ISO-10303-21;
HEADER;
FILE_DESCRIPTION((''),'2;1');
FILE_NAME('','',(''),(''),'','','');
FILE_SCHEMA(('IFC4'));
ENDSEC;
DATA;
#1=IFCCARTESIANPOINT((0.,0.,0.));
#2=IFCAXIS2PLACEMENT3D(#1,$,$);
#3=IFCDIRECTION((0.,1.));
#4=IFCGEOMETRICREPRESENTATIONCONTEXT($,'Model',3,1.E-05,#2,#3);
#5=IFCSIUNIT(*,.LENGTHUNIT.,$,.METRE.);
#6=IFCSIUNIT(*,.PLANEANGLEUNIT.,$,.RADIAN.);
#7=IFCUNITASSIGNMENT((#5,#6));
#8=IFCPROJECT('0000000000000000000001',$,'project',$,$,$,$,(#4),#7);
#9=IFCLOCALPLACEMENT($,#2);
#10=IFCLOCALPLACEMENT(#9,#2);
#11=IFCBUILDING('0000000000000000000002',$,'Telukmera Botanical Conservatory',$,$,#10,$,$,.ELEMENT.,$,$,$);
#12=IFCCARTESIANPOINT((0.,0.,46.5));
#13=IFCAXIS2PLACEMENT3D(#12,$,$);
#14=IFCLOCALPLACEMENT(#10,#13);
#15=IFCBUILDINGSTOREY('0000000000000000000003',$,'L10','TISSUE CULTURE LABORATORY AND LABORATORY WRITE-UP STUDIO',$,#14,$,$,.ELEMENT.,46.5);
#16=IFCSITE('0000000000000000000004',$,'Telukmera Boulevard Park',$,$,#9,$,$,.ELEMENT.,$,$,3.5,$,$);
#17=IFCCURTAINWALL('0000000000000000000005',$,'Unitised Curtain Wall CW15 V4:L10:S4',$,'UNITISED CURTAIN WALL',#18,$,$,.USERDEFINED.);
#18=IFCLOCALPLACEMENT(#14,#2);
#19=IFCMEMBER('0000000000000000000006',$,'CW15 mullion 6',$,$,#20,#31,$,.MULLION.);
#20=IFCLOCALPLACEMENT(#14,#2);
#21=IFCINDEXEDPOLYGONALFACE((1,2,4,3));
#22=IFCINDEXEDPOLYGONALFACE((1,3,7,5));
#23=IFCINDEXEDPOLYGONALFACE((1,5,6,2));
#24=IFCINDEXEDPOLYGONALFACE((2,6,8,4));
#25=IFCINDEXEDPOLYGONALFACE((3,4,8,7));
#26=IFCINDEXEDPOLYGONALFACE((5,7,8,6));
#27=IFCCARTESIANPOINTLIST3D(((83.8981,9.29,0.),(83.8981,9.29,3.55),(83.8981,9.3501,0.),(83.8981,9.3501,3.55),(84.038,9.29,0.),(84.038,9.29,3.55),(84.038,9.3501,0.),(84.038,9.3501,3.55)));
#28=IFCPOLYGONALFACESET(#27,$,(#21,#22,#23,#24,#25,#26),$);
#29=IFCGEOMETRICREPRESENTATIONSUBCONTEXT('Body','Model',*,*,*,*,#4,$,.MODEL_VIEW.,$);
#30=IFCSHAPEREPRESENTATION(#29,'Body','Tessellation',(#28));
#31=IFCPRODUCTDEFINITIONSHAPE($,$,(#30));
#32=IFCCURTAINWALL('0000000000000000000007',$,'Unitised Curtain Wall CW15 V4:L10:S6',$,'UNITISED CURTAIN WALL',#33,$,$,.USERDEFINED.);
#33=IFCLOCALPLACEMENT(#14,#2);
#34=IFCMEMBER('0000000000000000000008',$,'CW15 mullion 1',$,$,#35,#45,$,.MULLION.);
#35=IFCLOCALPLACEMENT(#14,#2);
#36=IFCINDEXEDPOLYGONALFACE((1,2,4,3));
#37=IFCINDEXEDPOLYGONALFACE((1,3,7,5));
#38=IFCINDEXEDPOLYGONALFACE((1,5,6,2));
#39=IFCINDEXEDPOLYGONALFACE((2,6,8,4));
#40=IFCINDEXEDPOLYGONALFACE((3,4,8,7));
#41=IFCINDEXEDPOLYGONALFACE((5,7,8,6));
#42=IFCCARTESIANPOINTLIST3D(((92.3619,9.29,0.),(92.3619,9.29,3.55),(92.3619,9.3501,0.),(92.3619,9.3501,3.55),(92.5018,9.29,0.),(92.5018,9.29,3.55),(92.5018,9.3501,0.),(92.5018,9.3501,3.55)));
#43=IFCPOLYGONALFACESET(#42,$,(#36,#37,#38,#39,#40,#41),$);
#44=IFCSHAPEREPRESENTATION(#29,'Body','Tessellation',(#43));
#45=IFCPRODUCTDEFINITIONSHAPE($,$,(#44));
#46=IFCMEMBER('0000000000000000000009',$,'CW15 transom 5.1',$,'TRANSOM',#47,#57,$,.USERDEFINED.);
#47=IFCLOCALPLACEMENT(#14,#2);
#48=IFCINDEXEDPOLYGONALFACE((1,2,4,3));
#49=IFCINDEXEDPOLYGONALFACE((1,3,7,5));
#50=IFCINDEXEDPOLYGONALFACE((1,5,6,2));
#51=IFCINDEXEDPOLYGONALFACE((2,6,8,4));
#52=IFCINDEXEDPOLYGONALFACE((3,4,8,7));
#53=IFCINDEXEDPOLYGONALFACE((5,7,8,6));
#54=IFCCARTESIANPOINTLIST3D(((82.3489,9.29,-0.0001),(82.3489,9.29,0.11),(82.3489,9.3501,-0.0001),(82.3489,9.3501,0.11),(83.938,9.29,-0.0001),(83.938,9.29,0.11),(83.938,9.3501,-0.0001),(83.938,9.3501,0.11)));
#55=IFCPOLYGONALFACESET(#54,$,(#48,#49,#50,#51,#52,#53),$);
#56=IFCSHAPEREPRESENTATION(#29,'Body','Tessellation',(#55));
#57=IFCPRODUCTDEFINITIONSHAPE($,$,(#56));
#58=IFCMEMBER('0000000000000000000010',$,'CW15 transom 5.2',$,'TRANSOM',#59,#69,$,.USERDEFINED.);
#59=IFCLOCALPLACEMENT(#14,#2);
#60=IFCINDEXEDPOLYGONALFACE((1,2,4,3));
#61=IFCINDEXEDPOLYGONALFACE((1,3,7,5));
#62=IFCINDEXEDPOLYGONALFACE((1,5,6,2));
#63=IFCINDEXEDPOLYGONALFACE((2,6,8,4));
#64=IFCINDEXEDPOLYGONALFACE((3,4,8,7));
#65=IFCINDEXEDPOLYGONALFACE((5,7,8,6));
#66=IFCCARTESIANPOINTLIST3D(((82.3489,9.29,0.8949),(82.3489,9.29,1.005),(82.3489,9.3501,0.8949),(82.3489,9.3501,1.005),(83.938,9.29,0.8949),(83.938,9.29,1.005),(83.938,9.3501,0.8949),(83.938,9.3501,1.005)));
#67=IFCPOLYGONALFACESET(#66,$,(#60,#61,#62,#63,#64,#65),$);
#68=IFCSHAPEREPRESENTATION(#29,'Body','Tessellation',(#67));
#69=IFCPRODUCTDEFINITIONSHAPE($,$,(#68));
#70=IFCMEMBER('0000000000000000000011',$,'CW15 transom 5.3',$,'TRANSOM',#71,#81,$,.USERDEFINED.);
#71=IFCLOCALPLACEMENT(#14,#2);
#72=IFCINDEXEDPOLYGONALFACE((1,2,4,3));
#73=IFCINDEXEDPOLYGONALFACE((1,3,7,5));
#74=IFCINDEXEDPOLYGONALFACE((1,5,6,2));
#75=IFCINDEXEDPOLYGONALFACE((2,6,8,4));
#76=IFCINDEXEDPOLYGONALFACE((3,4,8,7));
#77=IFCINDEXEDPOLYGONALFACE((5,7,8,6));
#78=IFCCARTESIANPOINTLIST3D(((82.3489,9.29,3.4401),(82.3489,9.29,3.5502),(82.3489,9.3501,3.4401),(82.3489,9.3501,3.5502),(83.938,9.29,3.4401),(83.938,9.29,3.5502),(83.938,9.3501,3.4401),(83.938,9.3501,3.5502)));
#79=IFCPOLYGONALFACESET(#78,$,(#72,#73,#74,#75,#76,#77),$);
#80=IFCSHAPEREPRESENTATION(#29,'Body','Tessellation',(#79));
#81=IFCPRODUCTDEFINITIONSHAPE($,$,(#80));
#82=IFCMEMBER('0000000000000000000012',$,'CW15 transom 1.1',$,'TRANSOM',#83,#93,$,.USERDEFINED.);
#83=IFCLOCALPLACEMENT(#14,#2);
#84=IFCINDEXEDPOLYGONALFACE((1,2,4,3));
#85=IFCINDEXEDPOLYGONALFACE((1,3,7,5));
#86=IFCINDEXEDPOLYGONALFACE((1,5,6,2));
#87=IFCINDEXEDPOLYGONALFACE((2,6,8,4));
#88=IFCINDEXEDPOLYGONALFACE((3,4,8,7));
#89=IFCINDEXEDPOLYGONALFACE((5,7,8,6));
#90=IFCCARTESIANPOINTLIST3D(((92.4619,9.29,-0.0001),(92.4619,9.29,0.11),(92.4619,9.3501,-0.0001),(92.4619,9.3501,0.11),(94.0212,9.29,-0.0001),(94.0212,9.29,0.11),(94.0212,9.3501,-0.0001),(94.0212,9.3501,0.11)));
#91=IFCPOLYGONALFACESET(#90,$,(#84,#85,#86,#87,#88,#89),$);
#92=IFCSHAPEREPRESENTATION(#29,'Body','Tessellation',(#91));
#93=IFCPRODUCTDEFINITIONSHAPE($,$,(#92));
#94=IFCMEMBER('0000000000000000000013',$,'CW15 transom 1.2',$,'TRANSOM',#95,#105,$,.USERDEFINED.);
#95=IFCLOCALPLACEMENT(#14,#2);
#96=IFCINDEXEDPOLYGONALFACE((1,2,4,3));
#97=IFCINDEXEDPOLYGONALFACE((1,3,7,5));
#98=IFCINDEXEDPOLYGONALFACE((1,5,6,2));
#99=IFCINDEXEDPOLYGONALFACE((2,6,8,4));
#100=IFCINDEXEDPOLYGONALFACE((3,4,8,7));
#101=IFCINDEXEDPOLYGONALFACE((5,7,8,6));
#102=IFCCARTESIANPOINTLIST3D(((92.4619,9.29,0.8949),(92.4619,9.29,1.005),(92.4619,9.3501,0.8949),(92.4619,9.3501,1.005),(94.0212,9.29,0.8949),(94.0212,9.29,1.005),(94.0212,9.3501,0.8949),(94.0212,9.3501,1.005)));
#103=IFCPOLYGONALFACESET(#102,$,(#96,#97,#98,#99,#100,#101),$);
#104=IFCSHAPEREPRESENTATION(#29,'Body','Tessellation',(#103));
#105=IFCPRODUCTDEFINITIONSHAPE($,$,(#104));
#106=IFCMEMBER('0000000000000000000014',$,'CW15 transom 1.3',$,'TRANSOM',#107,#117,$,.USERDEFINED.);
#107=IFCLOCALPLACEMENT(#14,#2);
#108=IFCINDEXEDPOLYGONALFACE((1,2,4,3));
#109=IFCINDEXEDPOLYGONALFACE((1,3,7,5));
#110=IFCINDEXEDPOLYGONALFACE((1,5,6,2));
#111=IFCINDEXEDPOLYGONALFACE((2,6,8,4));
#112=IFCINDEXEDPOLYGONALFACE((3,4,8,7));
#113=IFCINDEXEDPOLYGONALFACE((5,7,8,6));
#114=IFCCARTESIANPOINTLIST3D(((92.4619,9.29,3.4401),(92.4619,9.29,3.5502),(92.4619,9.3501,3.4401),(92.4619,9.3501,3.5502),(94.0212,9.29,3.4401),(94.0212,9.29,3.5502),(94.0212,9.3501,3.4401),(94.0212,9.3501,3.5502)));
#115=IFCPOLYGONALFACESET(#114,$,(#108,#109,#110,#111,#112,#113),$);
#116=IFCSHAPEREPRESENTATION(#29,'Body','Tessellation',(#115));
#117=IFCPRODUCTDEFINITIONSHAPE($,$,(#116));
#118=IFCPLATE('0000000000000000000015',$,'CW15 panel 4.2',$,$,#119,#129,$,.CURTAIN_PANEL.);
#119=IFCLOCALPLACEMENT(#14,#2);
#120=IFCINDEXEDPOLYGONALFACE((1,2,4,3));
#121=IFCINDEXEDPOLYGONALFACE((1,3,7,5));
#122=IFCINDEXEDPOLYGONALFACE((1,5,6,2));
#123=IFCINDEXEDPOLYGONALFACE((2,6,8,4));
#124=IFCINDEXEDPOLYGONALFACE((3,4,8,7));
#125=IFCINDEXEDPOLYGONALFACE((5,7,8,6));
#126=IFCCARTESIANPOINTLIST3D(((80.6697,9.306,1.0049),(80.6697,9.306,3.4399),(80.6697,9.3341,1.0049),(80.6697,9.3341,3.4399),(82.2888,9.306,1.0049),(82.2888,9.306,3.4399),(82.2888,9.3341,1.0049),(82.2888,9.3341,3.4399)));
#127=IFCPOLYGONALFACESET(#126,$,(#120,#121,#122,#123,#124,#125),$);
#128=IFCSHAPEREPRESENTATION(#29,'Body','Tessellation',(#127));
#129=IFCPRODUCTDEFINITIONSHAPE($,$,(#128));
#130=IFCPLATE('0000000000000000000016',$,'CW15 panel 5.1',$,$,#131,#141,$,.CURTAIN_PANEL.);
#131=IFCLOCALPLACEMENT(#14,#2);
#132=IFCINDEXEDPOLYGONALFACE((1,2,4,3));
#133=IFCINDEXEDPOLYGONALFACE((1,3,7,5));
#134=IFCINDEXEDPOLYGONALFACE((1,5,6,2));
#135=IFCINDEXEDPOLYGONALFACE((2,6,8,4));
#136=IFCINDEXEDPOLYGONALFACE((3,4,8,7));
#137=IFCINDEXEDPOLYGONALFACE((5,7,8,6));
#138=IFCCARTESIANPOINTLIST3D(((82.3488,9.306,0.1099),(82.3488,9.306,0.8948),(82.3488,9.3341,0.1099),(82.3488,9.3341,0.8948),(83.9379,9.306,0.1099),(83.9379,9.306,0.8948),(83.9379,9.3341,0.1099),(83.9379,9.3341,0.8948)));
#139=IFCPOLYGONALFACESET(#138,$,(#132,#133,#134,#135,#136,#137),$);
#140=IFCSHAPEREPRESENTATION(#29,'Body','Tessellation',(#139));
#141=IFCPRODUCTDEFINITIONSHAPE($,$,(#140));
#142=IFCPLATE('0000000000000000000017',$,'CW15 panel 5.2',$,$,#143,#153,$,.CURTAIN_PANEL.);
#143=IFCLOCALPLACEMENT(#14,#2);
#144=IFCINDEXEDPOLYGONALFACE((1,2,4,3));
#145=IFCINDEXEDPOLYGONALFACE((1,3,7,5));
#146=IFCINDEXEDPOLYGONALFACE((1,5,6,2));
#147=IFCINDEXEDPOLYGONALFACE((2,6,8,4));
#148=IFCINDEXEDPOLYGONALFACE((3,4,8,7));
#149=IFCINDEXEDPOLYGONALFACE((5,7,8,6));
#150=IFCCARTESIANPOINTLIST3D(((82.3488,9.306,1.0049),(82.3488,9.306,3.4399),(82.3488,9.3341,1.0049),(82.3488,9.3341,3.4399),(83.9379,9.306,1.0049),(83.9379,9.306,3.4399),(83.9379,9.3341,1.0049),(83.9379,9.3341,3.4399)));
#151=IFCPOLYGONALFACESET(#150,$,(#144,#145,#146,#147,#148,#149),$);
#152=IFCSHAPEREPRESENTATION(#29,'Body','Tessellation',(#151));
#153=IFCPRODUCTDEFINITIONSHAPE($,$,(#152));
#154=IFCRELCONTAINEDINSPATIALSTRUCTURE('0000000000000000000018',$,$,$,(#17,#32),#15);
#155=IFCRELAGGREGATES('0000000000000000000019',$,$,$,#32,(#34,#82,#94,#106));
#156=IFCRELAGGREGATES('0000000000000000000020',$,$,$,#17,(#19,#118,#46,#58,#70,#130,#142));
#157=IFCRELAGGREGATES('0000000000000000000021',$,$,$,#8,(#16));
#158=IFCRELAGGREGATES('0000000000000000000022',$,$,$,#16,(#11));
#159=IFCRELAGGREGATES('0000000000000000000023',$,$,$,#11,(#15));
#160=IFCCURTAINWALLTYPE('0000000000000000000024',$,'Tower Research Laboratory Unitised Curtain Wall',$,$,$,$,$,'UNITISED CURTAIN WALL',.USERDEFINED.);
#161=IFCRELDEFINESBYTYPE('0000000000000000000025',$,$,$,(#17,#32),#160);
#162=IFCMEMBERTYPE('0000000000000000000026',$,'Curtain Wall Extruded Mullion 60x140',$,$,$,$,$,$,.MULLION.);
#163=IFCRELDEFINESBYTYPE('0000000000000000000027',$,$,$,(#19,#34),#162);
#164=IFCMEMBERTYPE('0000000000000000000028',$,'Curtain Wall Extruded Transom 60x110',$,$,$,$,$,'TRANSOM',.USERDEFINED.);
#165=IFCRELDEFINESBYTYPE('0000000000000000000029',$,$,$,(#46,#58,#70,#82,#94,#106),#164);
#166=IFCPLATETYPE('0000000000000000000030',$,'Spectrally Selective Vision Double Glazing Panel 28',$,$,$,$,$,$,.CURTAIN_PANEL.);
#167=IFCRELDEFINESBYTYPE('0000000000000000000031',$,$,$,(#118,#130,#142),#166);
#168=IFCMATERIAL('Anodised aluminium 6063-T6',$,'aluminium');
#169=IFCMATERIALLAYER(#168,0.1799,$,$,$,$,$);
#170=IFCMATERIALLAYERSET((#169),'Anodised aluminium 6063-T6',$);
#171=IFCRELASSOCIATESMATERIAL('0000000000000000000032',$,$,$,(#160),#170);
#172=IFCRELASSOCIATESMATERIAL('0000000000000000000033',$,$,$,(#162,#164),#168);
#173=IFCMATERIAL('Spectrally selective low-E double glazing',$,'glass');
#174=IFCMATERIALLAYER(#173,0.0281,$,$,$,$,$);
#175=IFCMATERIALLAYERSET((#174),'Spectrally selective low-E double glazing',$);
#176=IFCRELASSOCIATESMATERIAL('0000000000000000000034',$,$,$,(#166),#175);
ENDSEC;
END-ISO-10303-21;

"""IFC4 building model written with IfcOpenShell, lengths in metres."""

from ifc_helpers import new_model, si_unit, direction, frame, origin, origin_2d, place, context, subcontext, project, spatial, rectangle, extrude, material, layer, layer_set, material_profile, profile_set, type_object, element, aggregate, save


model = new_model("IFC4")

# Units and contexts
model_context = context("Model", 3, precision=1e-05, world=origin(), true_north=direction((0.0, 1.0)))
body_context = subcontext(model_context, "Body", "Model", "MODEL_VIEW")
ifc_project = project(units=[si_unit("LENGTHUNIT", "METRE"), si_unit("PLANEANGLEUNIT", "RADIAN")], contexts=[model_context])

# Site, building, storey
site_placement = place(None, origin())
site = spatial("IfcSite", under=ifc_project, at=site_placement, Name="Telukmera Boulevard Park", CompositionType="ELEMENT", RefElevation=3.5)
building_placement = place(site_placement, origin())
building = spatial("IfcBuilding", under=site, at=building_placement, Name="Telukmera Botanical Conservatory", CompositionType="ELEMENT")
storey_placement = place(building_placement, frame((0.0, 0.0, 46.5)))
storey = spatial("IfcBuildingStorey", under=building, at=storey_placement, Name="L10", Description="TISSUE CULTURE LABORATORY AND LABORATORY WRITE-UP STUDIO", CompositionType="ELEMENT", Elevation=46.5)

# Curtain wall, member
ifc_material_1 = material(Name="Anodised aluminium 6063-T6", Category="aluminium")
ifc_layer_1 = layer(ifc_material_1, 0.1799)
ifc_layer_set_1 = layer_set([ifc_layer_1], Name="Anodised aluminium 6063-T6")
curtain_wall_type = type_object("IfcCurtainWallType", Name="Tower Research Laboratory Unitised Curtain Wall", ElementType="UNITISED CURTAIN WALL", PredefinedType="USERDEFINED", material=ifc_layer_set_1)
curtain_wall_1_placement = place(storey_placement, origin())
curtain_wall_1 = element("IfcCurtainWall", 1, at=curtain_wall_1_placement, inside=storey, type_object=curtain_wall_type, Name="Unitised Curtain Wall CW15 V4:L10:S4", ObjectType="UNITISED CURTAIN WALL", PredefinedType="USERDEFINED")
ifc_material_profile_1 = material_profile(ifc_material_1, rectangle(XDim=0.0601, YDim=0.1399, at=origin_2d()), Name="ALU MULL 60x140")
ifc_profile_set_1 = profile_set([ifc_material_profile_1], Name="Anodised aluminium 6063-T6")
member_type_1 = type_object("IfcMemberType", Name="Curtain Wall Extruded Mullion 60x140", PredefinedType="MULLION", material=ifc_profile_set_1)
member_1_placement = place(storey_placement, frame((83.968, 9.3201, 0.0), z_axis=(0.0, 0.0, 1.0), x_axis=(0.0, 1.0, 0.0)))
member_1 = element("IfcMember", 2, at=member_1_placement, type_object=member_type_1, Name="CW15 mullion 6", PredefinedType="MULLION", context=body_context, shape_type="SweptSolid", body=[
    extrude(rectangle(XDim=0.0601, YDim=0.1399, at=origin_2d()), origin(), (0.0, 0.0, 1.0), 3.55),
])

# Curtain wall, member
curtain_wall_2_placement = place(storey_placement, origin())
curtain_wall_2 = element("IfcCurtainWall", 3, at=curtain_wall_2_placement, inside=storey, type_object=curtain_wall_type, Name="Unitised Curtain Wall CW15 V4:L10:S6", ObjectType="UNITISED CURTAIN WALL", PredefinedType="USERDEFINED")
member_2_placement = place(storey_placement, frame((92.4319, 9.3201, 0.0), z_axis=(0.0, 0.0, 1.0), x_axis=(0.0, 1.0, 0.0)))
member_2 = element("IfcMember", 4, at=member_2_placement, type_object=member_type_1, Name="CW15 mullion 1", PredefinedType="MULLION", context=body_context, shape_type="SweptSolid", body=[
    extrude(rectangle(XDim=0.0601, YDim=0.1399, at=origin_2d()), origin(), (0.0, 0.0, 1.0), 3.55),
])

# Members
ifc_material_profile_2 = material_profile(ifc_material_1, rectangle(XDim=0.0601, YDim=0.1101, at=origin_2d()), Name="ALU TRAN 60x110")
ifc_profile_set_2 = profile_set([ifc_material_profile_2], Name="Anodised aluminium 6063-T6")
member_type_2 = type_object("IfcMemberType", Name="Curtain Wall Extruded Transom 60x110", ElementType="TRANSOM", PredefinedType="USERDEFINED", material=ifc_profile_set_2)
member_3_placement = place(storey_placement, frame((82.3489, 9.3201, 0.0549), z_axis=(1.0, 0.0, 0.0), x_axis=(0.0, 1.0, 0.0)))
member_3 = element("IfcMember", 5, at=member_3_placement, type_object=member_type_2, Name="CW15 transom 5.1", ObjectType="TRANSOM", PredefinedType="USERDEFINED", context=body_context, shape_type="SweptSolid", body=[
    extrude(rectangle(XDim=0.0601, YDim=0.1101, at=origin_2d()), origin(), (0.0, 0.0, 1.0), 1.5891),
])
member_4_placement = place(storey_placement, frame((82.3489, 9.3201, 0.95), z_axis=(1.0, 0.0, 0.0), x_axis=(0.0, 1.0, 0.0)))
member_4 = element("IfcMember", 6, at=member_4_placement, type_object=member_type_2, Name="CW15 transom 5.2", ObjectType="TRANSOM", PredefinedType="USERDEFINED", context=body_context, shape_type="SweptSolid", body=[
    extrude(rectangle(XDim=0.0601, YDim=0.1101, at=origin_2d()), origin(), (0.0, 0.0, 1.0), 1.5891),
])
member_5_placement = place(storey_placement, frame((82.3489, 9.3201, 3.4951), z_axis=(1.0, 0.0, 0.0), x_axis=(0.0, 1.0, 0.0)))
member_5 = element("IfcMember", 7, at=member_5_placement, type_object=member_type_2, Name="CW15 transom 5.3", ObjectType="TRANSOM", PredefinedType="USERDEFINED", context=body_context, shape_type="SweptSolid", body=[
    extrude(rectangle(XDim=0.0601, YDim=0.1101, at=origin_2d()), origin(), (0.0, 0.0, 1.0), 1.5891),
])
member_6_placement = place(storey_placement, frame((92.4619, 9.3201, 0.0549), z_axis=(1.0, 0.0, 0.0), x_axis=(0.0, 1.0, 0.0)))
member_6 = element("IfcMember", 8, at=member_6_placement, type_object=member_type_2, Name="CW15 transom 1.1", ObjectType="TRANSOM", PredefinedType="USERDEFINED", context=body_context, shape_type="SweptSolid", body=[
    extrude(rectangle(XDim=0.0601, YDim=0.1101, at=origin_2d()), origin(), (0.0, 0.0, 1.0), 1.5593),
])
member_7_placement = place(storey_placement, frame((92.4619, 9.3201, 0.95), z_axis=(1.0, 0.0, 0.0), x_axis=(0.0, 1.0, 0.0)))
member_7 = element("IfcMember", 9, at=member_7_placement, type_object=member_type_2, Name="CW15 transom 1.2", ObjectType="TRANSOM", PredefinedType="USERDEFINED", context=body_context, shape_type="SweptSolid", body=[
    extrude(rectangle(XDim=0.0601, YDim=0.1101, at=origin_2d()), origin(), (0.0, 0.0, 1.0), 1.5593),
])
member_8_placement = place(storey_placement, frame((92.4619, 9.3201, 3.4951), z_axis=(1.0, 0.0, 0.0), x_axis=(0.0, 1.0, 0.0)))
member_8 = element("IfcMember", 10, at=member_8_placement, type_object=member_type_2, Name="CW15 transom 1.3", ObjectType="TRANSOM", PredefinedType="USERDEFINED", context=body_context, shape_type="SweptSolid", body=[
    extrude(rectangle(XDim=0.0601, YDim=0.1101, at=origin_2d()), origin(), (0.0, 0.0, 1.0), 1.5593),
])
aggregate(curtain_wall_2, [member_2, member_6, member_7, member_8])

# Plates
ifc_material_2 = material(Name="Spectrally selective low-E double glazing", Category="glass")
ifc_layer_2 = layer(ifc_material_2, 0.0281)
ifc_layer_set_2 = layer_set([ifc_layer_2], Name="Spectrally selective low-E double glazing")
plate_type = type_object("IfcPlateType", Name="Spectrally Selective Vision Double Glazing Panel 28", PredefinedType="CURTAIN_PANEL", material=ifc_layer_set_2)
plate_1_placement = place(storey_placement, frame((81.4792, 9.3201, 1.0049), z_axis=(0.0, 0.0, 1.0), x_axis=(1.0, 0.0, 0.0)))
plate_1 = element("IfcPlate", 11, at=plate_1_placement, type_object=plate_type, Name="CW15 panel 4.2", PredefinedType="CURTAIN_PANEL", context=body_context, shape_type="SweptSolid", body=[
    extrude(rectangle(XDim=1.6191, YDim=0.0281, at=origin_2d()), origin(), (0.0, 0.0, 1.0), 2.4351),
])
plate_2_placement = place(storey_placement, frame((83.1433, 9.3201, 0.1099), z_axis=(0.0, 0.0, 1.0), x_axis=(1.0, 0.0, 0.0)))
plate_2 = element("IfcPlate", 12, at=plate_2_placement, type_object=plate_type, Name="CW15 panel 5.1", PredefinedType="CURTAIN_PANEL", context=body_context, shape_type="SweptSolid", body=[
    extrude(rectangle(XDim=1.5891, YDim=0.0281, at=origin_2d()), origin(), (0.0, 0.0, 1.0), 0.7849),
])
plate_3_placement = place(storey_placement, frame((83.1433, 9.3201, 1.0049), z_axis=(0.0, 0.0, 1.0), x_axis=(1.0, 0.0, 0.0)))
plate_3 = element("IfcPlate", 13, at=plate_3_placement, type_object=plate_type, Name="CW15 panel 5.2", PredefinedType="CURTAIN_PANEL", context=body_context, shape_type="SweptSolid", body=[
    extrude(rectangle(XDim=1.5891, YDim=0.0281, at=origin_2d()), origin(), (0.0, 0.0, 1.0), 2.4351),
])
aggregate(curtain_wall_1, [member_1, plate_1, member_3, member_4, member_5, plate_2, plate_3])

save(model, "model.ifc")
